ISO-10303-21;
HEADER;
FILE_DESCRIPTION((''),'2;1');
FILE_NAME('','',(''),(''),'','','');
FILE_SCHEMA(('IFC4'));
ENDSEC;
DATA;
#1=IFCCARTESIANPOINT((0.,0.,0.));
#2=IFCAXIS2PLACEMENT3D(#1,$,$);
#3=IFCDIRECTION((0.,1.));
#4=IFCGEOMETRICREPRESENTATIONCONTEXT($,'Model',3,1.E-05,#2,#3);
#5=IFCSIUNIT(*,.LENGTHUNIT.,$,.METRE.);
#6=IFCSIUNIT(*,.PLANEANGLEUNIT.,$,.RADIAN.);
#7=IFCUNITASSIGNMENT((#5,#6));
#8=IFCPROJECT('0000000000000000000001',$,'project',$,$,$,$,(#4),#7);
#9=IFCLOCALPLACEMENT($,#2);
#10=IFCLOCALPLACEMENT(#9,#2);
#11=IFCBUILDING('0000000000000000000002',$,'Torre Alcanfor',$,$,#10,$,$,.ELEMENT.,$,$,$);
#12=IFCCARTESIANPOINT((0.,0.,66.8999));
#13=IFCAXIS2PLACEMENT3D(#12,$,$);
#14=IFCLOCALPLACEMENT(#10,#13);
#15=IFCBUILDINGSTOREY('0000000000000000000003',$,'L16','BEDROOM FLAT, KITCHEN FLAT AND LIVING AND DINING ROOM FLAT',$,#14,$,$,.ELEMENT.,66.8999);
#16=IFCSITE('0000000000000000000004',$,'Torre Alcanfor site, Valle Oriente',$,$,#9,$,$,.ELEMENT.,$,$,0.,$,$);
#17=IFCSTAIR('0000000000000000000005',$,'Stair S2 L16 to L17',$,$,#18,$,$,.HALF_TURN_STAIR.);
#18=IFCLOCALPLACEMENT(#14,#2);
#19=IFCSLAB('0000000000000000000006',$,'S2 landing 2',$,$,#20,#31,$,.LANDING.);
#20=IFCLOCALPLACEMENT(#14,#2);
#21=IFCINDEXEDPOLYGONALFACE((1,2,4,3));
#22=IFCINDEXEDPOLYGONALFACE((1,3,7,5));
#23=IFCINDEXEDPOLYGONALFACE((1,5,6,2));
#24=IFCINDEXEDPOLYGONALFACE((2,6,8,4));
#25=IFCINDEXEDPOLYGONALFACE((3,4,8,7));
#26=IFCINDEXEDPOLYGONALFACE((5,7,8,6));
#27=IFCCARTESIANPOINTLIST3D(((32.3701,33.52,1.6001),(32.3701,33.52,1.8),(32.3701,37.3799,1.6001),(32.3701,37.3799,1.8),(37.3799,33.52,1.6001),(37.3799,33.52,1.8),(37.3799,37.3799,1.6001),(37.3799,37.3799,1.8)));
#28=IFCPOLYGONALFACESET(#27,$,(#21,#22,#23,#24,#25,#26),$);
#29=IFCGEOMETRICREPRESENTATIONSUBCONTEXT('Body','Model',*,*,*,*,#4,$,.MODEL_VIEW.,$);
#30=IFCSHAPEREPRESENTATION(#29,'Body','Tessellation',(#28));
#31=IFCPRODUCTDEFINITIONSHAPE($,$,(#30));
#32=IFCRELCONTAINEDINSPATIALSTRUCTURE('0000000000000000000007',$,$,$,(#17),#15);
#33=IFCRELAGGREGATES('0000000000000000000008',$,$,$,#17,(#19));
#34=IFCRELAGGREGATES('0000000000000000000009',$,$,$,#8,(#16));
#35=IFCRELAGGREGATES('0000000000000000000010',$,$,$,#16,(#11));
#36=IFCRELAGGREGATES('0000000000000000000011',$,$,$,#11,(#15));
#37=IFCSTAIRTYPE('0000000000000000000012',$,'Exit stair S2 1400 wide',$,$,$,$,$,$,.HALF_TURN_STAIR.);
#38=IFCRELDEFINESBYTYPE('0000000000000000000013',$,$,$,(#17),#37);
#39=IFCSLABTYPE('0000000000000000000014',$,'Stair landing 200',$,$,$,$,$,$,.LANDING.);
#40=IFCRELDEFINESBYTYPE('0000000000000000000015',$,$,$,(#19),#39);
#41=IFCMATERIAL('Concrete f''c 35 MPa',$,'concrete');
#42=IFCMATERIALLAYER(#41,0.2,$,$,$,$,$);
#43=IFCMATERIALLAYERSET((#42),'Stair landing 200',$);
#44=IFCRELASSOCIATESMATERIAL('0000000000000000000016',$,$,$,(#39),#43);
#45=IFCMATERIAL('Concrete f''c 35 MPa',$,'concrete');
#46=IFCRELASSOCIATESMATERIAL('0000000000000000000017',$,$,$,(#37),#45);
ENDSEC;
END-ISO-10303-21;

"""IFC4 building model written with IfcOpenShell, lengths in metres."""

from ifc_helpers import new_model, si_unit, direction, frame, origin, place, context, subcontext, project, spatial, polyline, outline, extrude, material, layer, layer_set, type_object, element, aggregate, save


model = new_model("IFC4")

# Units and contexts
model_context = context("Model", 3, precision=1e-05, world=origin(), true_north=direction((0.0, 1.0)))
body_context = subcontext(model_context, "Body", "Model", "MODEL_VIEW")
ifc_project = project(units=[si_unit("LENGTHUNIT", "METRE"), si_unit("PLANEANGLEUNIT", "RADIAN")], contexts=[model_context])

# Site, building, storey
site_placement = place(None, origin())
site = spatial("IfcSite", under=ifc_project, at=site_placement, Name="Torre Alcanfor site, Valle Oriente", CompositionType="ELEMENT", RefElevation=0.0)
building_placement = place(site_placement, origin())
building = spatial("IfcBuilding", under=site, at=building_placement, Name="Torre Alcanfor", CompositionType="ELEMENT")
storey_placement = place(building_placement, frame((0.0, 0.0, 66.8999)))
storey = spatial("IfcBuildingStorey", under=building, at=storey_placement, Name="L16", Description="BEDROOM FLAT, KITCHEN FLAT AND LIVING AND DINING ROOM FLAT", CompositionType="ELEMENT", Elevation=66.8999)

# Stair, slab
ifc_material_1 = material(Name="Concrete f'c 35 MPa", Category="concrete")
ifc_layer_1 = layer(ifc_material_1, 0.2)
ifc_layer_set_1 = layer_set([ifc_layer_1], Name="Stair landing 200")
slab_type_1 = type_object("IfcSlabType", Name="Stair landing 200", PredefinedType="LANDING", material=ifc_layer_set_1)
ifc_material_2 = material(Name="Concrete f'c 35 MPa", Category="concrete")
stair_type_1 = type_object("IfcStairType", Name="Exit stair S2 1400 wide", PredefinedType="HALF_TURN_STAIR", material=ifc_material_2)
stair_1_placement = place(storey_placement, origin())
stair_1 = element("IfcStair", 1, at=stair_1_placement, inside=storey, type_object=stair_type_1, Name="Stair S2 L16 to L17", PredefinedType="HALF_TURN_STAIR")
slab_1_placement = place(storey_placement, frame((0.0, 0.0, 1.6001)))
slab_1 = element("IfcSlab", 2, at=slab_1_placement, type_object=slab_type_1, Name="S2 landing 2", PredefinedType="LANDING", context=body_context, shape_type="SweptSolid", body=[
    extrude(outline(polyline([(32.3701, 33.52), (37.3799, 33.52), (37.3799, 37.3799), (32.3701, 37.3799), (32.3701, 33.52)])), origin(), (0.0, 0.0, 1.0), 0.2),
])
aggregate(stair_1, [slab_1])

save(model, "model.ifc")
